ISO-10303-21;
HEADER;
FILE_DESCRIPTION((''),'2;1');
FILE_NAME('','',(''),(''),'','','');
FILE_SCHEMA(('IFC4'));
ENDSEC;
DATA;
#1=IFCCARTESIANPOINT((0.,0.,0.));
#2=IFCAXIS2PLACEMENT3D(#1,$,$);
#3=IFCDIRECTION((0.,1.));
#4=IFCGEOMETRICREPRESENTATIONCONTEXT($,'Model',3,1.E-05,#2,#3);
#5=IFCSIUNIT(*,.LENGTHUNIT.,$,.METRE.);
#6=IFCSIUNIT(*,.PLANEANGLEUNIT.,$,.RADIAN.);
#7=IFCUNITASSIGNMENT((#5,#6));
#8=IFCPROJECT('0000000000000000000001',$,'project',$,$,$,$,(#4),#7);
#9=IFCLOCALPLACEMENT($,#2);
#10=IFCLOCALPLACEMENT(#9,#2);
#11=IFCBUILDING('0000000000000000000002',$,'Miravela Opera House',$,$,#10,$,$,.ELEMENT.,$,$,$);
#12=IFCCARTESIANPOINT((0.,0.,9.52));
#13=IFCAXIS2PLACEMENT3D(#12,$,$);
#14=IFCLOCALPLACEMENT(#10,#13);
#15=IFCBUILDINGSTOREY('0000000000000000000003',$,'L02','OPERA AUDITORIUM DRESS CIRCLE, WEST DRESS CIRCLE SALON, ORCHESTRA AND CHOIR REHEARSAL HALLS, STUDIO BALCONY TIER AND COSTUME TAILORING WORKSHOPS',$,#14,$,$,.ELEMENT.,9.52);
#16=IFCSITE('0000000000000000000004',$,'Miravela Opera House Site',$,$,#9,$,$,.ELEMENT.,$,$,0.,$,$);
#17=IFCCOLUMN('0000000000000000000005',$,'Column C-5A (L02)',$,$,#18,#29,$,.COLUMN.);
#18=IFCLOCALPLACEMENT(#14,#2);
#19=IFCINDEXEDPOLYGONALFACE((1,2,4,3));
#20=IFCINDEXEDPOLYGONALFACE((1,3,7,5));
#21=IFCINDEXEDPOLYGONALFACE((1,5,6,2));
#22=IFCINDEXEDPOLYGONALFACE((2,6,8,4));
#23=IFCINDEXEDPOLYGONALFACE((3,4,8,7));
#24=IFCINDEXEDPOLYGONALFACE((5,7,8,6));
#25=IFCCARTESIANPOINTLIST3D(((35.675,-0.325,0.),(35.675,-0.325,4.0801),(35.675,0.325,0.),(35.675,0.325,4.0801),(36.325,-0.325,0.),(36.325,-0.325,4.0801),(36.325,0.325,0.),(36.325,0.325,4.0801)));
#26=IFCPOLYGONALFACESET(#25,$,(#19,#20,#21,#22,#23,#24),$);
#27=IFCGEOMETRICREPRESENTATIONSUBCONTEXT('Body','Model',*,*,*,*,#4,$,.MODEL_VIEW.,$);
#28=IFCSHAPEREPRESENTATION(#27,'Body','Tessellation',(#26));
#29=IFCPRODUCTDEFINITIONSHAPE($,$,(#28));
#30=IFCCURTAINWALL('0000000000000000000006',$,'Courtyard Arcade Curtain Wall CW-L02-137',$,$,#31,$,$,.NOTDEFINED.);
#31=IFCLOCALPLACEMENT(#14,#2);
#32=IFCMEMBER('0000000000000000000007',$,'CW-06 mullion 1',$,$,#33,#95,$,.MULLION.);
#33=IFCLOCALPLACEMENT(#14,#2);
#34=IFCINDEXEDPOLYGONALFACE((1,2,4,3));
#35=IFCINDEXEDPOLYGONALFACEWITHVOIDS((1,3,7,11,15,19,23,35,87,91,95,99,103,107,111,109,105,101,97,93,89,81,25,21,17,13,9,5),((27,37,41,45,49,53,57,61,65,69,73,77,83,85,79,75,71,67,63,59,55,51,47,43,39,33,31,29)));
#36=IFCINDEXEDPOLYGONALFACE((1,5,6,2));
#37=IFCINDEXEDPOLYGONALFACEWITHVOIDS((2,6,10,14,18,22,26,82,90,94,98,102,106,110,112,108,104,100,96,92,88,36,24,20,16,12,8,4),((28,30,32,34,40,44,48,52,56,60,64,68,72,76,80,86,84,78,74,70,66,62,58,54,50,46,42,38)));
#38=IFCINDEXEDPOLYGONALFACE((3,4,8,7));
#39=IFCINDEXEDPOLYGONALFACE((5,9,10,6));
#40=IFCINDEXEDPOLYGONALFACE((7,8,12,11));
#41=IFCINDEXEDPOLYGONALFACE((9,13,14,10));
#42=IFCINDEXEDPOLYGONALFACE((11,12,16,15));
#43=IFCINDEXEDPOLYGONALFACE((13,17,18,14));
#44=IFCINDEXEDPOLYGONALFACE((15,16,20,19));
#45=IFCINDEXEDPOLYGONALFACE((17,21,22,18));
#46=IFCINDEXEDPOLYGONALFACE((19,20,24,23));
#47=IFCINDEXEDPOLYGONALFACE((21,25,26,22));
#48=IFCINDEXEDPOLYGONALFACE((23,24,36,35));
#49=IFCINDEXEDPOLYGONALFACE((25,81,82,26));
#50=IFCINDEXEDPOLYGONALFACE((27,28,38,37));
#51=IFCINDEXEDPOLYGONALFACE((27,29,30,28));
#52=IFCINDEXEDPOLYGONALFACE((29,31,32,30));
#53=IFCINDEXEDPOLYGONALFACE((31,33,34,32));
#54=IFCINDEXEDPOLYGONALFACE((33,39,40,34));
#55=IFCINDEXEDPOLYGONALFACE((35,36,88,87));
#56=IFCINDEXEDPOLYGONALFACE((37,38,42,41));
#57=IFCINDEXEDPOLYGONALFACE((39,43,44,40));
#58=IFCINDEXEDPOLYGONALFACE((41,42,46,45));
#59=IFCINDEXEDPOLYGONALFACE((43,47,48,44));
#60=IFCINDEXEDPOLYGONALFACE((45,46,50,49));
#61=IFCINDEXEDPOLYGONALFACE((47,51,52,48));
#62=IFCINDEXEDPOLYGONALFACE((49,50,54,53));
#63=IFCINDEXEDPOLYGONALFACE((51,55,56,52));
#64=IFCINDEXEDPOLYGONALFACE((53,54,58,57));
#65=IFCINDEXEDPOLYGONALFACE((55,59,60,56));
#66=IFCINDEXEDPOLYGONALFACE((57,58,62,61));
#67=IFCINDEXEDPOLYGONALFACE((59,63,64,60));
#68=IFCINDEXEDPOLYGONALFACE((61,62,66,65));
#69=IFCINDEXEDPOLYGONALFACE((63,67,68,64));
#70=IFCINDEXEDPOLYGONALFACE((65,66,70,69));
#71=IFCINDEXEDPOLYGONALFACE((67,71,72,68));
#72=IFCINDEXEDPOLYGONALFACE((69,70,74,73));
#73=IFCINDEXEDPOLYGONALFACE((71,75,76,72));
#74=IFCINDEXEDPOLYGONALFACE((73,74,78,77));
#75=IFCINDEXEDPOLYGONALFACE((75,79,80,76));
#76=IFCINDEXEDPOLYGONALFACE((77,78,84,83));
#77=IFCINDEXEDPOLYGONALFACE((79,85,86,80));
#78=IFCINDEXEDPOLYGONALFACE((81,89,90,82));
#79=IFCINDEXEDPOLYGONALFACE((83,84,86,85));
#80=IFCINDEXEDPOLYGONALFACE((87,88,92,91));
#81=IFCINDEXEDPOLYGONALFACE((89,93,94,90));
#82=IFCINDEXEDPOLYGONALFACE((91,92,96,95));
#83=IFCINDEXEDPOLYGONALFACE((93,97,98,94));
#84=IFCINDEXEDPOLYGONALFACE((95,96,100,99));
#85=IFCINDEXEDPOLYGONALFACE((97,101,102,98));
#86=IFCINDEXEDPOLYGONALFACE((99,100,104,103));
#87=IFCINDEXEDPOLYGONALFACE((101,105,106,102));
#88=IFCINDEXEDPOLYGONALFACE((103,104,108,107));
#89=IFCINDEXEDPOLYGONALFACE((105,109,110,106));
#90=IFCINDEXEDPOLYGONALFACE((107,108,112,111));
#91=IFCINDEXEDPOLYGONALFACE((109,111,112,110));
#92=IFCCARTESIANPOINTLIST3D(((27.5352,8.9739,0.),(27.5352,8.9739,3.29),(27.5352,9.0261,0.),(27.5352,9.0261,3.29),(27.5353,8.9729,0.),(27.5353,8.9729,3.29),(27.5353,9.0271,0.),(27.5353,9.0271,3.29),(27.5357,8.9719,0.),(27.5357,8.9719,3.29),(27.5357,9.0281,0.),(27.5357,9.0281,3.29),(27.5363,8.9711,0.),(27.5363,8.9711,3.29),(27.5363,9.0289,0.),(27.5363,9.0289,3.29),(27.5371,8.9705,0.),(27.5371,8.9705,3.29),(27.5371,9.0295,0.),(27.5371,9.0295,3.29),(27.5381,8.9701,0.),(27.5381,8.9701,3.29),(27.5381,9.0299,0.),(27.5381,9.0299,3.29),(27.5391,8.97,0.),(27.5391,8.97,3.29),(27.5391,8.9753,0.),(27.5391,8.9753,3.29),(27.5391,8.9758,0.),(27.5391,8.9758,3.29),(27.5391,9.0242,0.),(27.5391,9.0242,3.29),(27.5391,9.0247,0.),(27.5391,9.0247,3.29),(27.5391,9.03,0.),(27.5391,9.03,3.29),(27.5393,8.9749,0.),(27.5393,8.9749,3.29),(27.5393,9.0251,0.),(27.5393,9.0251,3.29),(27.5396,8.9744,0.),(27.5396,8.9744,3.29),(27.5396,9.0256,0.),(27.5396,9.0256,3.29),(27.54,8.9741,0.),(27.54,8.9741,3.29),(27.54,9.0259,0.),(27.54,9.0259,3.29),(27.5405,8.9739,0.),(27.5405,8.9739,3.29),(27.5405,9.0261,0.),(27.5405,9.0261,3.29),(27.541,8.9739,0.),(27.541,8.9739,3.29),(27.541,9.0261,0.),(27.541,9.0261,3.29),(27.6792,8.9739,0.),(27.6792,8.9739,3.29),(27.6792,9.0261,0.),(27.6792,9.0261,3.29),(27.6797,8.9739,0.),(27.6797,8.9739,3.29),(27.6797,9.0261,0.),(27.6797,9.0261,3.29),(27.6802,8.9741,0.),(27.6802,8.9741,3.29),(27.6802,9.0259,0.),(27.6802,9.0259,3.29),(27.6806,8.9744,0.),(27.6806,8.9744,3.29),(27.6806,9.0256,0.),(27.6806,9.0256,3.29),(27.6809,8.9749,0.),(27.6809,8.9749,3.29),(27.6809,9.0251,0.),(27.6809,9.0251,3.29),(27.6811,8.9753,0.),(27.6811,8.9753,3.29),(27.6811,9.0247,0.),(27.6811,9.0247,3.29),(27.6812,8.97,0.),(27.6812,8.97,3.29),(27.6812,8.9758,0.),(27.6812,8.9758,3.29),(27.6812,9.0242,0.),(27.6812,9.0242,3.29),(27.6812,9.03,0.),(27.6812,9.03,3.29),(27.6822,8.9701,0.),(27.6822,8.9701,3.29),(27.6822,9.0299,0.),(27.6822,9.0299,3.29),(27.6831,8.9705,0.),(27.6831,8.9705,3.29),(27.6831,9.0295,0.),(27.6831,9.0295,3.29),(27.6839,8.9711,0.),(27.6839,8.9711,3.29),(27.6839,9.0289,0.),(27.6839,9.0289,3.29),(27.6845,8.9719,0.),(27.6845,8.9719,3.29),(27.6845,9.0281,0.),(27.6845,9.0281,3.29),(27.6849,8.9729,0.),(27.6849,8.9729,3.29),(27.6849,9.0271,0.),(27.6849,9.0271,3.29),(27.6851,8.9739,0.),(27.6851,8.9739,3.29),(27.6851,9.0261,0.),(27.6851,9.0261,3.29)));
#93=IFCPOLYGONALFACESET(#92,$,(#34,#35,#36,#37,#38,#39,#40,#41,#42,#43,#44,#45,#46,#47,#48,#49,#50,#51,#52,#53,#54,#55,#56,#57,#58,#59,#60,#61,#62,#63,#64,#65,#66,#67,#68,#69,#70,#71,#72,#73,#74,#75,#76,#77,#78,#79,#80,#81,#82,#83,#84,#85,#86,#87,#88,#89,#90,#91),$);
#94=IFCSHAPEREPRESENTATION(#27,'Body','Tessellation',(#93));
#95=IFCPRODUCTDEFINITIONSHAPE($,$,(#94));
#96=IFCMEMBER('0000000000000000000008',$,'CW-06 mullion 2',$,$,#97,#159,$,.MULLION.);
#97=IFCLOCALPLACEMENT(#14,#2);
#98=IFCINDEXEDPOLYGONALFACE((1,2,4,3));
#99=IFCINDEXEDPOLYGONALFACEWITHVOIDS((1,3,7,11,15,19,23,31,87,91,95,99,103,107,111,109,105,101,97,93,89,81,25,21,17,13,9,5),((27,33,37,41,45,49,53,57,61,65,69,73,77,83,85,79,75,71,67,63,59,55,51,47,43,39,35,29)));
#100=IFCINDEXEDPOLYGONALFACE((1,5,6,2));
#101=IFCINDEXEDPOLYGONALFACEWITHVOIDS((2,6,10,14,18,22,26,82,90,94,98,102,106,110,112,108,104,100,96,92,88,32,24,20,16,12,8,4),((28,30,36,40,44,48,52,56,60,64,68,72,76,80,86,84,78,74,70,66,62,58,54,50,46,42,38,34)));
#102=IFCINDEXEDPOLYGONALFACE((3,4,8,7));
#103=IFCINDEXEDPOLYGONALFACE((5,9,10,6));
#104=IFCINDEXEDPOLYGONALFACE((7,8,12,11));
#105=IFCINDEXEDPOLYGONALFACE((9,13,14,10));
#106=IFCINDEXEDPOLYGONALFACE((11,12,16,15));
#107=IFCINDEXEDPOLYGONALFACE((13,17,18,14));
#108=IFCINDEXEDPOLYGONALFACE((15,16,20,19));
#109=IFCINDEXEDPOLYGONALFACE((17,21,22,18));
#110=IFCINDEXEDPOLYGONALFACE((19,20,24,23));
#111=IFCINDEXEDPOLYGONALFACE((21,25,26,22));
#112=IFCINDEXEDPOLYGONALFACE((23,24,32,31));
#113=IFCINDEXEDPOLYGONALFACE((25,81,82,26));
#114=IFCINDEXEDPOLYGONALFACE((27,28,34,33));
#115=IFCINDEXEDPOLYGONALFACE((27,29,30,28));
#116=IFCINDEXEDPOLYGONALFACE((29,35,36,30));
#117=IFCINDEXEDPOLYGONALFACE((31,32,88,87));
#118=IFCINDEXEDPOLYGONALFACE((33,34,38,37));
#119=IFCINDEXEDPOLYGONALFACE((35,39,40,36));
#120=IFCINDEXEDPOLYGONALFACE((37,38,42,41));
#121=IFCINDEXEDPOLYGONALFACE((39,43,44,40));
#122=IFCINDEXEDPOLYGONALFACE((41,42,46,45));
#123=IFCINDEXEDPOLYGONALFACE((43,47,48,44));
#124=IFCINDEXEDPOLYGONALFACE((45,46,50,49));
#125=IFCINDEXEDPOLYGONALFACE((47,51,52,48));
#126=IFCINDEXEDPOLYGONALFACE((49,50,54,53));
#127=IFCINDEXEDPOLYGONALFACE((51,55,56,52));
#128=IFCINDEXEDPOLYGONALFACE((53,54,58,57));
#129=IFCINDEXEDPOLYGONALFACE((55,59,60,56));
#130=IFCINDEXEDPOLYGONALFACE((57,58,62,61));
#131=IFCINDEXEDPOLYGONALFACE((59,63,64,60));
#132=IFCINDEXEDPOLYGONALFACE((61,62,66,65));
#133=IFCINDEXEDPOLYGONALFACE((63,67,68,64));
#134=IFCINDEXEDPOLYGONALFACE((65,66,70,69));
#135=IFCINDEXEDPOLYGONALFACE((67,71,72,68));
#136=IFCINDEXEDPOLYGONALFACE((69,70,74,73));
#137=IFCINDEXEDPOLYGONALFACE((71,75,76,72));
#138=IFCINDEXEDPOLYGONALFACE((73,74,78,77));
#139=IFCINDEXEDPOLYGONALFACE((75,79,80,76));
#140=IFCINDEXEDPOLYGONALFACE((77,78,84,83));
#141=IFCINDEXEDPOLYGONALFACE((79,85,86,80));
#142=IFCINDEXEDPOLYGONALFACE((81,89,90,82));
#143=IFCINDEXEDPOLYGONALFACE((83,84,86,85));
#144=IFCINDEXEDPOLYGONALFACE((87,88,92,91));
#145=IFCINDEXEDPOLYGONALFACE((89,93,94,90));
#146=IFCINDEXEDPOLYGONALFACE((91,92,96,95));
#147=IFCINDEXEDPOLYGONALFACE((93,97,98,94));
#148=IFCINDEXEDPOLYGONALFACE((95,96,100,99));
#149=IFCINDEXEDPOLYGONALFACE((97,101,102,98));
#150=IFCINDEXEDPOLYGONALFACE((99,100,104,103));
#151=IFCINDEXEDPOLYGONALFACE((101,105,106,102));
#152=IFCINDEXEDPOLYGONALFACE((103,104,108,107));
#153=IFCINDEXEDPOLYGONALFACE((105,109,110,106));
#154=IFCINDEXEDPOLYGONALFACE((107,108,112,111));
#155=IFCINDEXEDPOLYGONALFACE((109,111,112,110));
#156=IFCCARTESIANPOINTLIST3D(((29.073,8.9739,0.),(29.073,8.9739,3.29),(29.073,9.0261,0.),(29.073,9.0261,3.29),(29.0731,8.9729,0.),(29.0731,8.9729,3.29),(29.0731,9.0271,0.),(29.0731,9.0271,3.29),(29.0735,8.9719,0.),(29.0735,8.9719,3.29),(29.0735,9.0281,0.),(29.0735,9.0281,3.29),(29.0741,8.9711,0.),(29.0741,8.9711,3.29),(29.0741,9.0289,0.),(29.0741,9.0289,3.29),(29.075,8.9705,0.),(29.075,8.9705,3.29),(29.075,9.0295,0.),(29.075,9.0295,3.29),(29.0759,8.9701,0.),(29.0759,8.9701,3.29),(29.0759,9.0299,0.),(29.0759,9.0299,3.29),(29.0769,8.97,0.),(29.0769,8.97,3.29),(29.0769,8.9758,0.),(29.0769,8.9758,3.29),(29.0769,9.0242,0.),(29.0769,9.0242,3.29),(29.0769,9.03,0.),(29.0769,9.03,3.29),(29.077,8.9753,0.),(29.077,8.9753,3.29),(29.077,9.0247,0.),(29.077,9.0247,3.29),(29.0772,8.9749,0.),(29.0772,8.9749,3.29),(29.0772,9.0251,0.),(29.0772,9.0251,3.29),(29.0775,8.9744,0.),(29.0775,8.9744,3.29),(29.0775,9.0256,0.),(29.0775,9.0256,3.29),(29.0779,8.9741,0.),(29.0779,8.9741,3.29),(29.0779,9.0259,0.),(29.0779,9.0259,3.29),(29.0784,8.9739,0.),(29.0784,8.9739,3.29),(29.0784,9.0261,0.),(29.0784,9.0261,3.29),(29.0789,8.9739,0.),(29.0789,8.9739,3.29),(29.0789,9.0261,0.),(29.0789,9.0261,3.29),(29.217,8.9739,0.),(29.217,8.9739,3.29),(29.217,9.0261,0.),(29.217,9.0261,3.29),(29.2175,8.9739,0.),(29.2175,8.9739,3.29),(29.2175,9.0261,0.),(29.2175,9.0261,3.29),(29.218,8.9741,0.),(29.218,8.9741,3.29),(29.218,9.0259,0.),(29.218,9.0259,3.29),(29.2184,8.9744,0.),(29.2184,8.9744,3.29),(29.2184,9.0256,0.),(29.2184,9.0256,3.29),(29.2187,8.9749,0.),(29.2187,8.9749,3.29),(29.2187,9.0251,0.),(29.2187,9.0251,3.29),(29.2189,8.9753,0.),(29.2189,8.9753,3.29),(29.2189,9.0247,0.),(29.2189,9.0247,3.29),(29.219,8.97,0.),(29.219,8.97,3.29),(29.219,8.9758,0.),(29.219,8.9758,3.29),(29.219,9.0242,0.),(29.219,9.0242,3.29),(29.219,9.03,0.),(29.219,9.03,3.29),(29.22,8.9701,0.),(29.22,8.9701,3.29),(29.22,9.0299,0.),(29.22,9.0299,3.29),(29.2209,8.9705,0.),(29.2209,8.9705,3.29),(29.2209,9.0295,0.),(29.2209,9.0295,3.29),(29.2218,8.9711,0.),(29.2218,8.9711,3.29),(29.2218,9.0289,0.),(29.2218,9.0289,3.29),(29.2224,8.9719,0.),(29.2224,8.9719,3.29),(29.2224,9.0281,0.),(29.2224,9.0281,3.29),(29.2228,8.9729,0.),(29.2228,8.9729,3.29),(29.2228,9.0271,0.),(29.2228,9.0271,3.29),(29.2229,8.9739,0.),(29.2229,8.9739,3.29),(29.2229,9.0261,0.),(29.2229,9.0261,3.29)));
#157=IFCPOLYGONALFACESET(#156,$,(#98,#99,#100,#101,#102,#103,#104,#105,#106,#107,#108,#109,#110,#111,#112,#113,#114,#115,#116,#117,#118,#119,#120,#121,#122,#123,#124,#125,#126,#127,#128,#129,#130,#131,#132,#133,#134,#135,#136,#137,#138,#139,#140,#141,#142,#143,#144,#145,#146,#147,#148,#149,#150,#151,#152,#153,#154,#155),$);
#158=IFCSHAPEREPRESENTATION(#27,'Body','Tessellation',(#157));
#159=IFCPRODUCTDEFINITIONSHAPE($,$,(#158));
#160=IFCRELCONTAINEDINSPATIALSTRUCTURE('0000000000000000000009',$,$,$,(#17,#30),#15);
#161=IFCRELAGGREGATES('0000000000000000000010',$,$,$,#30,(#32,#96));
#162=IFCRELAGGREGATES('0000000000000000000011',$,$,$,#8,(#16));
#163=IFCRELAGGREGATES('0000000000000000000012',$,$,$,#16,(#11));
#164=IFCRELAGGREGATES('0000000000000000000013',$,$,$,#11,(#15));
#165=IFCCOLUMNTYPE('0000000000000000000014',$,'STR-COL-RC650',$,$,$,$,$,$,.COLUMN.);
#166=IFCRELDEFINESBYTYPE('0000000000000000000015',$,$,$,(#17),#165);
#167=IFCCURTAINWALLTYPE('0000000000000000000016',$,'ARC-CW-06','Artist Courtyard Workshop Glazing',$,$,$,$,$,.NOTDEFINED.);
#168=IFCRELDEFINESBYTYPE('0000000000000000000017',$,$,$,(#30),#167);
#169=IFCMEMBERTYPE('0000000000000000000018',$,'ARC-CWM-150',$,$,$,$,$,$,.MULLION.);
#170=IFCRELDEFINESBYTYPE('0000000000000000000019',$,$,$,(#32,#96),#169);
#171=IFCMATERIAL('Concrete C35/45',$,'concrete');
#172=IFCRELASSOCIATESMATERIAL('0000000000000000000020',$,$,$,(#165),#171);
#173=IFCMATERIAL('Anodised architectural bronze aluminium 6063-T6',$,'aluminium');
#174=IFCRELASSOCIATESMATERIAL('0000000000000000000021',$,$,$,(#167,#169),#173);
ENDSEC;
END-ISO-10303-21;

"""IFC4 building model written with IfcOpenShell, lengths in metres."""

from ifc_helpers import new_model, si_unit, direction, frame, origin, origin_2d, place, context, subcontext, project, spatial, rectangle, hollow_rectangle, extrude, material, material_profile, profile_set, type_object, element, aggregate, save


model = new_model("IFC4")

# Units and contexts
model_context = context("Model", 3, precision=1e-05, world=origin(), true_north=direction((0.0, 1.0)))
body_context = subcontext(model_context, "Body", "Model", "MODEL_VIEW")
ifc_project = project(units=[si_unit("LENGTHUNIT", "METRE"), si_unit("PLANEANGLEUNIT", "RADIAN")], contexts=[model_context])

# Site, building, storey
site_placement = place(None, origin())
site = spatial("IfcSite", under=ifc_project, at=site_placement, Name="Miravela Opera House Site", CompositionType="ELEMENT", RefElevation=0.0)
building_placement = place(site_placement, origin())
building = spatial("IfcBuilding", under=site, at=building_placement, Name="Miravela Opera House", CompositionType="ELEMENT")
storey_placement = place(building_placement, frame((0.0, 0.0, 9.52)))
storey = spatial("IfcBuildingStorey", under=building, at=storey_placement, Name="L02", Description="OPERA AUDITORIUM DRESS CIRCLE, WEST DRESS CIRCLE SALON, ORCHESTRA AND CHOIR REHEARSAL HALLS, STUDIO BALCONY TIER AND COSTUME TAILORING WORKSHOPS", CompositionType="ELEMENT", Elevation=9.52)

# Column
ifc_material_1 = material(Name="Concrete C35/45", Category="concrete")
ifc_material_profile_1 = material_profile(ifc_material_1, rectangle(XDim=0.6499, YDim=0.6499, at=origin_2d()), Name="RC-COL-650X650")
ifc_profile_set_1 = profile_set([ifc_material_profile_1])
column_type = type_object("IfcColumnType", Name="STR-COL-RC650", PredefinedType="COLUMN", material=ifc_profile_set_1)
column_placement = place(storey_placement, frame((36.0, 0.0, 0.0), z_axis=(0.0, 0.0, 1.0), x_axis=(1.0, 0.0, 0.0)))
element("IfcColumn", 1, at=column_placement, inside=storey, type_object=column_type, Name="Column C-5A (L02)", PredefinedType="COLUMN", context=body_context, shape_type="SweptSolid", body=[
    extrude(rectangle(XDim=0.6499, YDim=0.6499, at=origin_2d()), origin(), (0.0, 0.0, 1.0), 4.0801),
])

# Curtain wall, members
ifc_material_2 = material(Name="Anodised architectural bronze aluminium 6063-T6", Category="aluminium")
curtain_wall_type = type_object("IfcCurtainWallType", Name="ARC-CW-06", Description="Artist Courtyard Workshop Glazing", PredefinedType="NOTDEFINED", material=ifc_material_2)
curtain_wall_placement = place(storey_placement, origin())
curtain_wall = element("IfcCurtainWall", 2, at=curtain_wall_placement, inside=storey, type_object=curtain_wall_type, Name="Courtyard Arcade Curtain Wall CW-L02-137", PredefinedType="NOTDEFINED")
ifc_material_profile_2 = material_profile(ifc_material_2, hollow_rectangle(XDim=0.0601, YDim=0.1499, WallThickness=0.0039, InnerFilletRadius=0.002, OuterFilletRadius=0.0039, at=origin_2d()), Name="CWM-60X150")
ifc_profile_set_2 = profile_set([ifc_material_profile_2])
member_type_1 = type_object("IfcMemberType", Name="ARC-CWM-150", PredefinedType="MULLION", material=ifc_profile_set_2)
member_1_placement = place(storey_placement, frame((27.6101, 9.0, 0.0), z_axis=(0.0, 0.0, 1.0), x_axis=(0.0, 1.0, 0.0)))
member_1 = element("IfcMember", 3, at=member_1_placement, type_object=member_type_1, Name="CW-06 mullion 1", PredefinedType="MULLION", context=body_context, shape_type="SweptSolid", body=[
    extrude(hollow_rectangle(XDim=0.0601, YDim=0.1499, WallThickness=0.0039, InnerFilletRadius=0.002, OuterFilletRadius=0.0039, at=origin_2d()), origin(), (0.0, 0.0, 1.0), 3.29),
])
member_2_placement = place(storey_placement, frame((29.1479, 9.0, 0.0), z_axis=(0.0, 0.0, 1.0), x_axis=(0.0, 1.0, 0.0)))
member_2 = element("IfcMember", 4, at=member_2_placement, type_object=member_type_1, Name="CW-06 mullion 2", PredefinedType="MULLION", context=body_context, shape_type="SweptSolid", body=[
    extrude(hollow_rectangle(XDim=0.0601, YDim=0.1499, WallThickness=0.0039, InnerFilletRadius=0.002, OuterFilletRadius=0.0039, at=origin_2d()), origin(), (0.0, 0.0, 1.0), 3.29),
])

aggregate(curtain_wall, [member_1, member_2])

save(model, "model.ifc")
